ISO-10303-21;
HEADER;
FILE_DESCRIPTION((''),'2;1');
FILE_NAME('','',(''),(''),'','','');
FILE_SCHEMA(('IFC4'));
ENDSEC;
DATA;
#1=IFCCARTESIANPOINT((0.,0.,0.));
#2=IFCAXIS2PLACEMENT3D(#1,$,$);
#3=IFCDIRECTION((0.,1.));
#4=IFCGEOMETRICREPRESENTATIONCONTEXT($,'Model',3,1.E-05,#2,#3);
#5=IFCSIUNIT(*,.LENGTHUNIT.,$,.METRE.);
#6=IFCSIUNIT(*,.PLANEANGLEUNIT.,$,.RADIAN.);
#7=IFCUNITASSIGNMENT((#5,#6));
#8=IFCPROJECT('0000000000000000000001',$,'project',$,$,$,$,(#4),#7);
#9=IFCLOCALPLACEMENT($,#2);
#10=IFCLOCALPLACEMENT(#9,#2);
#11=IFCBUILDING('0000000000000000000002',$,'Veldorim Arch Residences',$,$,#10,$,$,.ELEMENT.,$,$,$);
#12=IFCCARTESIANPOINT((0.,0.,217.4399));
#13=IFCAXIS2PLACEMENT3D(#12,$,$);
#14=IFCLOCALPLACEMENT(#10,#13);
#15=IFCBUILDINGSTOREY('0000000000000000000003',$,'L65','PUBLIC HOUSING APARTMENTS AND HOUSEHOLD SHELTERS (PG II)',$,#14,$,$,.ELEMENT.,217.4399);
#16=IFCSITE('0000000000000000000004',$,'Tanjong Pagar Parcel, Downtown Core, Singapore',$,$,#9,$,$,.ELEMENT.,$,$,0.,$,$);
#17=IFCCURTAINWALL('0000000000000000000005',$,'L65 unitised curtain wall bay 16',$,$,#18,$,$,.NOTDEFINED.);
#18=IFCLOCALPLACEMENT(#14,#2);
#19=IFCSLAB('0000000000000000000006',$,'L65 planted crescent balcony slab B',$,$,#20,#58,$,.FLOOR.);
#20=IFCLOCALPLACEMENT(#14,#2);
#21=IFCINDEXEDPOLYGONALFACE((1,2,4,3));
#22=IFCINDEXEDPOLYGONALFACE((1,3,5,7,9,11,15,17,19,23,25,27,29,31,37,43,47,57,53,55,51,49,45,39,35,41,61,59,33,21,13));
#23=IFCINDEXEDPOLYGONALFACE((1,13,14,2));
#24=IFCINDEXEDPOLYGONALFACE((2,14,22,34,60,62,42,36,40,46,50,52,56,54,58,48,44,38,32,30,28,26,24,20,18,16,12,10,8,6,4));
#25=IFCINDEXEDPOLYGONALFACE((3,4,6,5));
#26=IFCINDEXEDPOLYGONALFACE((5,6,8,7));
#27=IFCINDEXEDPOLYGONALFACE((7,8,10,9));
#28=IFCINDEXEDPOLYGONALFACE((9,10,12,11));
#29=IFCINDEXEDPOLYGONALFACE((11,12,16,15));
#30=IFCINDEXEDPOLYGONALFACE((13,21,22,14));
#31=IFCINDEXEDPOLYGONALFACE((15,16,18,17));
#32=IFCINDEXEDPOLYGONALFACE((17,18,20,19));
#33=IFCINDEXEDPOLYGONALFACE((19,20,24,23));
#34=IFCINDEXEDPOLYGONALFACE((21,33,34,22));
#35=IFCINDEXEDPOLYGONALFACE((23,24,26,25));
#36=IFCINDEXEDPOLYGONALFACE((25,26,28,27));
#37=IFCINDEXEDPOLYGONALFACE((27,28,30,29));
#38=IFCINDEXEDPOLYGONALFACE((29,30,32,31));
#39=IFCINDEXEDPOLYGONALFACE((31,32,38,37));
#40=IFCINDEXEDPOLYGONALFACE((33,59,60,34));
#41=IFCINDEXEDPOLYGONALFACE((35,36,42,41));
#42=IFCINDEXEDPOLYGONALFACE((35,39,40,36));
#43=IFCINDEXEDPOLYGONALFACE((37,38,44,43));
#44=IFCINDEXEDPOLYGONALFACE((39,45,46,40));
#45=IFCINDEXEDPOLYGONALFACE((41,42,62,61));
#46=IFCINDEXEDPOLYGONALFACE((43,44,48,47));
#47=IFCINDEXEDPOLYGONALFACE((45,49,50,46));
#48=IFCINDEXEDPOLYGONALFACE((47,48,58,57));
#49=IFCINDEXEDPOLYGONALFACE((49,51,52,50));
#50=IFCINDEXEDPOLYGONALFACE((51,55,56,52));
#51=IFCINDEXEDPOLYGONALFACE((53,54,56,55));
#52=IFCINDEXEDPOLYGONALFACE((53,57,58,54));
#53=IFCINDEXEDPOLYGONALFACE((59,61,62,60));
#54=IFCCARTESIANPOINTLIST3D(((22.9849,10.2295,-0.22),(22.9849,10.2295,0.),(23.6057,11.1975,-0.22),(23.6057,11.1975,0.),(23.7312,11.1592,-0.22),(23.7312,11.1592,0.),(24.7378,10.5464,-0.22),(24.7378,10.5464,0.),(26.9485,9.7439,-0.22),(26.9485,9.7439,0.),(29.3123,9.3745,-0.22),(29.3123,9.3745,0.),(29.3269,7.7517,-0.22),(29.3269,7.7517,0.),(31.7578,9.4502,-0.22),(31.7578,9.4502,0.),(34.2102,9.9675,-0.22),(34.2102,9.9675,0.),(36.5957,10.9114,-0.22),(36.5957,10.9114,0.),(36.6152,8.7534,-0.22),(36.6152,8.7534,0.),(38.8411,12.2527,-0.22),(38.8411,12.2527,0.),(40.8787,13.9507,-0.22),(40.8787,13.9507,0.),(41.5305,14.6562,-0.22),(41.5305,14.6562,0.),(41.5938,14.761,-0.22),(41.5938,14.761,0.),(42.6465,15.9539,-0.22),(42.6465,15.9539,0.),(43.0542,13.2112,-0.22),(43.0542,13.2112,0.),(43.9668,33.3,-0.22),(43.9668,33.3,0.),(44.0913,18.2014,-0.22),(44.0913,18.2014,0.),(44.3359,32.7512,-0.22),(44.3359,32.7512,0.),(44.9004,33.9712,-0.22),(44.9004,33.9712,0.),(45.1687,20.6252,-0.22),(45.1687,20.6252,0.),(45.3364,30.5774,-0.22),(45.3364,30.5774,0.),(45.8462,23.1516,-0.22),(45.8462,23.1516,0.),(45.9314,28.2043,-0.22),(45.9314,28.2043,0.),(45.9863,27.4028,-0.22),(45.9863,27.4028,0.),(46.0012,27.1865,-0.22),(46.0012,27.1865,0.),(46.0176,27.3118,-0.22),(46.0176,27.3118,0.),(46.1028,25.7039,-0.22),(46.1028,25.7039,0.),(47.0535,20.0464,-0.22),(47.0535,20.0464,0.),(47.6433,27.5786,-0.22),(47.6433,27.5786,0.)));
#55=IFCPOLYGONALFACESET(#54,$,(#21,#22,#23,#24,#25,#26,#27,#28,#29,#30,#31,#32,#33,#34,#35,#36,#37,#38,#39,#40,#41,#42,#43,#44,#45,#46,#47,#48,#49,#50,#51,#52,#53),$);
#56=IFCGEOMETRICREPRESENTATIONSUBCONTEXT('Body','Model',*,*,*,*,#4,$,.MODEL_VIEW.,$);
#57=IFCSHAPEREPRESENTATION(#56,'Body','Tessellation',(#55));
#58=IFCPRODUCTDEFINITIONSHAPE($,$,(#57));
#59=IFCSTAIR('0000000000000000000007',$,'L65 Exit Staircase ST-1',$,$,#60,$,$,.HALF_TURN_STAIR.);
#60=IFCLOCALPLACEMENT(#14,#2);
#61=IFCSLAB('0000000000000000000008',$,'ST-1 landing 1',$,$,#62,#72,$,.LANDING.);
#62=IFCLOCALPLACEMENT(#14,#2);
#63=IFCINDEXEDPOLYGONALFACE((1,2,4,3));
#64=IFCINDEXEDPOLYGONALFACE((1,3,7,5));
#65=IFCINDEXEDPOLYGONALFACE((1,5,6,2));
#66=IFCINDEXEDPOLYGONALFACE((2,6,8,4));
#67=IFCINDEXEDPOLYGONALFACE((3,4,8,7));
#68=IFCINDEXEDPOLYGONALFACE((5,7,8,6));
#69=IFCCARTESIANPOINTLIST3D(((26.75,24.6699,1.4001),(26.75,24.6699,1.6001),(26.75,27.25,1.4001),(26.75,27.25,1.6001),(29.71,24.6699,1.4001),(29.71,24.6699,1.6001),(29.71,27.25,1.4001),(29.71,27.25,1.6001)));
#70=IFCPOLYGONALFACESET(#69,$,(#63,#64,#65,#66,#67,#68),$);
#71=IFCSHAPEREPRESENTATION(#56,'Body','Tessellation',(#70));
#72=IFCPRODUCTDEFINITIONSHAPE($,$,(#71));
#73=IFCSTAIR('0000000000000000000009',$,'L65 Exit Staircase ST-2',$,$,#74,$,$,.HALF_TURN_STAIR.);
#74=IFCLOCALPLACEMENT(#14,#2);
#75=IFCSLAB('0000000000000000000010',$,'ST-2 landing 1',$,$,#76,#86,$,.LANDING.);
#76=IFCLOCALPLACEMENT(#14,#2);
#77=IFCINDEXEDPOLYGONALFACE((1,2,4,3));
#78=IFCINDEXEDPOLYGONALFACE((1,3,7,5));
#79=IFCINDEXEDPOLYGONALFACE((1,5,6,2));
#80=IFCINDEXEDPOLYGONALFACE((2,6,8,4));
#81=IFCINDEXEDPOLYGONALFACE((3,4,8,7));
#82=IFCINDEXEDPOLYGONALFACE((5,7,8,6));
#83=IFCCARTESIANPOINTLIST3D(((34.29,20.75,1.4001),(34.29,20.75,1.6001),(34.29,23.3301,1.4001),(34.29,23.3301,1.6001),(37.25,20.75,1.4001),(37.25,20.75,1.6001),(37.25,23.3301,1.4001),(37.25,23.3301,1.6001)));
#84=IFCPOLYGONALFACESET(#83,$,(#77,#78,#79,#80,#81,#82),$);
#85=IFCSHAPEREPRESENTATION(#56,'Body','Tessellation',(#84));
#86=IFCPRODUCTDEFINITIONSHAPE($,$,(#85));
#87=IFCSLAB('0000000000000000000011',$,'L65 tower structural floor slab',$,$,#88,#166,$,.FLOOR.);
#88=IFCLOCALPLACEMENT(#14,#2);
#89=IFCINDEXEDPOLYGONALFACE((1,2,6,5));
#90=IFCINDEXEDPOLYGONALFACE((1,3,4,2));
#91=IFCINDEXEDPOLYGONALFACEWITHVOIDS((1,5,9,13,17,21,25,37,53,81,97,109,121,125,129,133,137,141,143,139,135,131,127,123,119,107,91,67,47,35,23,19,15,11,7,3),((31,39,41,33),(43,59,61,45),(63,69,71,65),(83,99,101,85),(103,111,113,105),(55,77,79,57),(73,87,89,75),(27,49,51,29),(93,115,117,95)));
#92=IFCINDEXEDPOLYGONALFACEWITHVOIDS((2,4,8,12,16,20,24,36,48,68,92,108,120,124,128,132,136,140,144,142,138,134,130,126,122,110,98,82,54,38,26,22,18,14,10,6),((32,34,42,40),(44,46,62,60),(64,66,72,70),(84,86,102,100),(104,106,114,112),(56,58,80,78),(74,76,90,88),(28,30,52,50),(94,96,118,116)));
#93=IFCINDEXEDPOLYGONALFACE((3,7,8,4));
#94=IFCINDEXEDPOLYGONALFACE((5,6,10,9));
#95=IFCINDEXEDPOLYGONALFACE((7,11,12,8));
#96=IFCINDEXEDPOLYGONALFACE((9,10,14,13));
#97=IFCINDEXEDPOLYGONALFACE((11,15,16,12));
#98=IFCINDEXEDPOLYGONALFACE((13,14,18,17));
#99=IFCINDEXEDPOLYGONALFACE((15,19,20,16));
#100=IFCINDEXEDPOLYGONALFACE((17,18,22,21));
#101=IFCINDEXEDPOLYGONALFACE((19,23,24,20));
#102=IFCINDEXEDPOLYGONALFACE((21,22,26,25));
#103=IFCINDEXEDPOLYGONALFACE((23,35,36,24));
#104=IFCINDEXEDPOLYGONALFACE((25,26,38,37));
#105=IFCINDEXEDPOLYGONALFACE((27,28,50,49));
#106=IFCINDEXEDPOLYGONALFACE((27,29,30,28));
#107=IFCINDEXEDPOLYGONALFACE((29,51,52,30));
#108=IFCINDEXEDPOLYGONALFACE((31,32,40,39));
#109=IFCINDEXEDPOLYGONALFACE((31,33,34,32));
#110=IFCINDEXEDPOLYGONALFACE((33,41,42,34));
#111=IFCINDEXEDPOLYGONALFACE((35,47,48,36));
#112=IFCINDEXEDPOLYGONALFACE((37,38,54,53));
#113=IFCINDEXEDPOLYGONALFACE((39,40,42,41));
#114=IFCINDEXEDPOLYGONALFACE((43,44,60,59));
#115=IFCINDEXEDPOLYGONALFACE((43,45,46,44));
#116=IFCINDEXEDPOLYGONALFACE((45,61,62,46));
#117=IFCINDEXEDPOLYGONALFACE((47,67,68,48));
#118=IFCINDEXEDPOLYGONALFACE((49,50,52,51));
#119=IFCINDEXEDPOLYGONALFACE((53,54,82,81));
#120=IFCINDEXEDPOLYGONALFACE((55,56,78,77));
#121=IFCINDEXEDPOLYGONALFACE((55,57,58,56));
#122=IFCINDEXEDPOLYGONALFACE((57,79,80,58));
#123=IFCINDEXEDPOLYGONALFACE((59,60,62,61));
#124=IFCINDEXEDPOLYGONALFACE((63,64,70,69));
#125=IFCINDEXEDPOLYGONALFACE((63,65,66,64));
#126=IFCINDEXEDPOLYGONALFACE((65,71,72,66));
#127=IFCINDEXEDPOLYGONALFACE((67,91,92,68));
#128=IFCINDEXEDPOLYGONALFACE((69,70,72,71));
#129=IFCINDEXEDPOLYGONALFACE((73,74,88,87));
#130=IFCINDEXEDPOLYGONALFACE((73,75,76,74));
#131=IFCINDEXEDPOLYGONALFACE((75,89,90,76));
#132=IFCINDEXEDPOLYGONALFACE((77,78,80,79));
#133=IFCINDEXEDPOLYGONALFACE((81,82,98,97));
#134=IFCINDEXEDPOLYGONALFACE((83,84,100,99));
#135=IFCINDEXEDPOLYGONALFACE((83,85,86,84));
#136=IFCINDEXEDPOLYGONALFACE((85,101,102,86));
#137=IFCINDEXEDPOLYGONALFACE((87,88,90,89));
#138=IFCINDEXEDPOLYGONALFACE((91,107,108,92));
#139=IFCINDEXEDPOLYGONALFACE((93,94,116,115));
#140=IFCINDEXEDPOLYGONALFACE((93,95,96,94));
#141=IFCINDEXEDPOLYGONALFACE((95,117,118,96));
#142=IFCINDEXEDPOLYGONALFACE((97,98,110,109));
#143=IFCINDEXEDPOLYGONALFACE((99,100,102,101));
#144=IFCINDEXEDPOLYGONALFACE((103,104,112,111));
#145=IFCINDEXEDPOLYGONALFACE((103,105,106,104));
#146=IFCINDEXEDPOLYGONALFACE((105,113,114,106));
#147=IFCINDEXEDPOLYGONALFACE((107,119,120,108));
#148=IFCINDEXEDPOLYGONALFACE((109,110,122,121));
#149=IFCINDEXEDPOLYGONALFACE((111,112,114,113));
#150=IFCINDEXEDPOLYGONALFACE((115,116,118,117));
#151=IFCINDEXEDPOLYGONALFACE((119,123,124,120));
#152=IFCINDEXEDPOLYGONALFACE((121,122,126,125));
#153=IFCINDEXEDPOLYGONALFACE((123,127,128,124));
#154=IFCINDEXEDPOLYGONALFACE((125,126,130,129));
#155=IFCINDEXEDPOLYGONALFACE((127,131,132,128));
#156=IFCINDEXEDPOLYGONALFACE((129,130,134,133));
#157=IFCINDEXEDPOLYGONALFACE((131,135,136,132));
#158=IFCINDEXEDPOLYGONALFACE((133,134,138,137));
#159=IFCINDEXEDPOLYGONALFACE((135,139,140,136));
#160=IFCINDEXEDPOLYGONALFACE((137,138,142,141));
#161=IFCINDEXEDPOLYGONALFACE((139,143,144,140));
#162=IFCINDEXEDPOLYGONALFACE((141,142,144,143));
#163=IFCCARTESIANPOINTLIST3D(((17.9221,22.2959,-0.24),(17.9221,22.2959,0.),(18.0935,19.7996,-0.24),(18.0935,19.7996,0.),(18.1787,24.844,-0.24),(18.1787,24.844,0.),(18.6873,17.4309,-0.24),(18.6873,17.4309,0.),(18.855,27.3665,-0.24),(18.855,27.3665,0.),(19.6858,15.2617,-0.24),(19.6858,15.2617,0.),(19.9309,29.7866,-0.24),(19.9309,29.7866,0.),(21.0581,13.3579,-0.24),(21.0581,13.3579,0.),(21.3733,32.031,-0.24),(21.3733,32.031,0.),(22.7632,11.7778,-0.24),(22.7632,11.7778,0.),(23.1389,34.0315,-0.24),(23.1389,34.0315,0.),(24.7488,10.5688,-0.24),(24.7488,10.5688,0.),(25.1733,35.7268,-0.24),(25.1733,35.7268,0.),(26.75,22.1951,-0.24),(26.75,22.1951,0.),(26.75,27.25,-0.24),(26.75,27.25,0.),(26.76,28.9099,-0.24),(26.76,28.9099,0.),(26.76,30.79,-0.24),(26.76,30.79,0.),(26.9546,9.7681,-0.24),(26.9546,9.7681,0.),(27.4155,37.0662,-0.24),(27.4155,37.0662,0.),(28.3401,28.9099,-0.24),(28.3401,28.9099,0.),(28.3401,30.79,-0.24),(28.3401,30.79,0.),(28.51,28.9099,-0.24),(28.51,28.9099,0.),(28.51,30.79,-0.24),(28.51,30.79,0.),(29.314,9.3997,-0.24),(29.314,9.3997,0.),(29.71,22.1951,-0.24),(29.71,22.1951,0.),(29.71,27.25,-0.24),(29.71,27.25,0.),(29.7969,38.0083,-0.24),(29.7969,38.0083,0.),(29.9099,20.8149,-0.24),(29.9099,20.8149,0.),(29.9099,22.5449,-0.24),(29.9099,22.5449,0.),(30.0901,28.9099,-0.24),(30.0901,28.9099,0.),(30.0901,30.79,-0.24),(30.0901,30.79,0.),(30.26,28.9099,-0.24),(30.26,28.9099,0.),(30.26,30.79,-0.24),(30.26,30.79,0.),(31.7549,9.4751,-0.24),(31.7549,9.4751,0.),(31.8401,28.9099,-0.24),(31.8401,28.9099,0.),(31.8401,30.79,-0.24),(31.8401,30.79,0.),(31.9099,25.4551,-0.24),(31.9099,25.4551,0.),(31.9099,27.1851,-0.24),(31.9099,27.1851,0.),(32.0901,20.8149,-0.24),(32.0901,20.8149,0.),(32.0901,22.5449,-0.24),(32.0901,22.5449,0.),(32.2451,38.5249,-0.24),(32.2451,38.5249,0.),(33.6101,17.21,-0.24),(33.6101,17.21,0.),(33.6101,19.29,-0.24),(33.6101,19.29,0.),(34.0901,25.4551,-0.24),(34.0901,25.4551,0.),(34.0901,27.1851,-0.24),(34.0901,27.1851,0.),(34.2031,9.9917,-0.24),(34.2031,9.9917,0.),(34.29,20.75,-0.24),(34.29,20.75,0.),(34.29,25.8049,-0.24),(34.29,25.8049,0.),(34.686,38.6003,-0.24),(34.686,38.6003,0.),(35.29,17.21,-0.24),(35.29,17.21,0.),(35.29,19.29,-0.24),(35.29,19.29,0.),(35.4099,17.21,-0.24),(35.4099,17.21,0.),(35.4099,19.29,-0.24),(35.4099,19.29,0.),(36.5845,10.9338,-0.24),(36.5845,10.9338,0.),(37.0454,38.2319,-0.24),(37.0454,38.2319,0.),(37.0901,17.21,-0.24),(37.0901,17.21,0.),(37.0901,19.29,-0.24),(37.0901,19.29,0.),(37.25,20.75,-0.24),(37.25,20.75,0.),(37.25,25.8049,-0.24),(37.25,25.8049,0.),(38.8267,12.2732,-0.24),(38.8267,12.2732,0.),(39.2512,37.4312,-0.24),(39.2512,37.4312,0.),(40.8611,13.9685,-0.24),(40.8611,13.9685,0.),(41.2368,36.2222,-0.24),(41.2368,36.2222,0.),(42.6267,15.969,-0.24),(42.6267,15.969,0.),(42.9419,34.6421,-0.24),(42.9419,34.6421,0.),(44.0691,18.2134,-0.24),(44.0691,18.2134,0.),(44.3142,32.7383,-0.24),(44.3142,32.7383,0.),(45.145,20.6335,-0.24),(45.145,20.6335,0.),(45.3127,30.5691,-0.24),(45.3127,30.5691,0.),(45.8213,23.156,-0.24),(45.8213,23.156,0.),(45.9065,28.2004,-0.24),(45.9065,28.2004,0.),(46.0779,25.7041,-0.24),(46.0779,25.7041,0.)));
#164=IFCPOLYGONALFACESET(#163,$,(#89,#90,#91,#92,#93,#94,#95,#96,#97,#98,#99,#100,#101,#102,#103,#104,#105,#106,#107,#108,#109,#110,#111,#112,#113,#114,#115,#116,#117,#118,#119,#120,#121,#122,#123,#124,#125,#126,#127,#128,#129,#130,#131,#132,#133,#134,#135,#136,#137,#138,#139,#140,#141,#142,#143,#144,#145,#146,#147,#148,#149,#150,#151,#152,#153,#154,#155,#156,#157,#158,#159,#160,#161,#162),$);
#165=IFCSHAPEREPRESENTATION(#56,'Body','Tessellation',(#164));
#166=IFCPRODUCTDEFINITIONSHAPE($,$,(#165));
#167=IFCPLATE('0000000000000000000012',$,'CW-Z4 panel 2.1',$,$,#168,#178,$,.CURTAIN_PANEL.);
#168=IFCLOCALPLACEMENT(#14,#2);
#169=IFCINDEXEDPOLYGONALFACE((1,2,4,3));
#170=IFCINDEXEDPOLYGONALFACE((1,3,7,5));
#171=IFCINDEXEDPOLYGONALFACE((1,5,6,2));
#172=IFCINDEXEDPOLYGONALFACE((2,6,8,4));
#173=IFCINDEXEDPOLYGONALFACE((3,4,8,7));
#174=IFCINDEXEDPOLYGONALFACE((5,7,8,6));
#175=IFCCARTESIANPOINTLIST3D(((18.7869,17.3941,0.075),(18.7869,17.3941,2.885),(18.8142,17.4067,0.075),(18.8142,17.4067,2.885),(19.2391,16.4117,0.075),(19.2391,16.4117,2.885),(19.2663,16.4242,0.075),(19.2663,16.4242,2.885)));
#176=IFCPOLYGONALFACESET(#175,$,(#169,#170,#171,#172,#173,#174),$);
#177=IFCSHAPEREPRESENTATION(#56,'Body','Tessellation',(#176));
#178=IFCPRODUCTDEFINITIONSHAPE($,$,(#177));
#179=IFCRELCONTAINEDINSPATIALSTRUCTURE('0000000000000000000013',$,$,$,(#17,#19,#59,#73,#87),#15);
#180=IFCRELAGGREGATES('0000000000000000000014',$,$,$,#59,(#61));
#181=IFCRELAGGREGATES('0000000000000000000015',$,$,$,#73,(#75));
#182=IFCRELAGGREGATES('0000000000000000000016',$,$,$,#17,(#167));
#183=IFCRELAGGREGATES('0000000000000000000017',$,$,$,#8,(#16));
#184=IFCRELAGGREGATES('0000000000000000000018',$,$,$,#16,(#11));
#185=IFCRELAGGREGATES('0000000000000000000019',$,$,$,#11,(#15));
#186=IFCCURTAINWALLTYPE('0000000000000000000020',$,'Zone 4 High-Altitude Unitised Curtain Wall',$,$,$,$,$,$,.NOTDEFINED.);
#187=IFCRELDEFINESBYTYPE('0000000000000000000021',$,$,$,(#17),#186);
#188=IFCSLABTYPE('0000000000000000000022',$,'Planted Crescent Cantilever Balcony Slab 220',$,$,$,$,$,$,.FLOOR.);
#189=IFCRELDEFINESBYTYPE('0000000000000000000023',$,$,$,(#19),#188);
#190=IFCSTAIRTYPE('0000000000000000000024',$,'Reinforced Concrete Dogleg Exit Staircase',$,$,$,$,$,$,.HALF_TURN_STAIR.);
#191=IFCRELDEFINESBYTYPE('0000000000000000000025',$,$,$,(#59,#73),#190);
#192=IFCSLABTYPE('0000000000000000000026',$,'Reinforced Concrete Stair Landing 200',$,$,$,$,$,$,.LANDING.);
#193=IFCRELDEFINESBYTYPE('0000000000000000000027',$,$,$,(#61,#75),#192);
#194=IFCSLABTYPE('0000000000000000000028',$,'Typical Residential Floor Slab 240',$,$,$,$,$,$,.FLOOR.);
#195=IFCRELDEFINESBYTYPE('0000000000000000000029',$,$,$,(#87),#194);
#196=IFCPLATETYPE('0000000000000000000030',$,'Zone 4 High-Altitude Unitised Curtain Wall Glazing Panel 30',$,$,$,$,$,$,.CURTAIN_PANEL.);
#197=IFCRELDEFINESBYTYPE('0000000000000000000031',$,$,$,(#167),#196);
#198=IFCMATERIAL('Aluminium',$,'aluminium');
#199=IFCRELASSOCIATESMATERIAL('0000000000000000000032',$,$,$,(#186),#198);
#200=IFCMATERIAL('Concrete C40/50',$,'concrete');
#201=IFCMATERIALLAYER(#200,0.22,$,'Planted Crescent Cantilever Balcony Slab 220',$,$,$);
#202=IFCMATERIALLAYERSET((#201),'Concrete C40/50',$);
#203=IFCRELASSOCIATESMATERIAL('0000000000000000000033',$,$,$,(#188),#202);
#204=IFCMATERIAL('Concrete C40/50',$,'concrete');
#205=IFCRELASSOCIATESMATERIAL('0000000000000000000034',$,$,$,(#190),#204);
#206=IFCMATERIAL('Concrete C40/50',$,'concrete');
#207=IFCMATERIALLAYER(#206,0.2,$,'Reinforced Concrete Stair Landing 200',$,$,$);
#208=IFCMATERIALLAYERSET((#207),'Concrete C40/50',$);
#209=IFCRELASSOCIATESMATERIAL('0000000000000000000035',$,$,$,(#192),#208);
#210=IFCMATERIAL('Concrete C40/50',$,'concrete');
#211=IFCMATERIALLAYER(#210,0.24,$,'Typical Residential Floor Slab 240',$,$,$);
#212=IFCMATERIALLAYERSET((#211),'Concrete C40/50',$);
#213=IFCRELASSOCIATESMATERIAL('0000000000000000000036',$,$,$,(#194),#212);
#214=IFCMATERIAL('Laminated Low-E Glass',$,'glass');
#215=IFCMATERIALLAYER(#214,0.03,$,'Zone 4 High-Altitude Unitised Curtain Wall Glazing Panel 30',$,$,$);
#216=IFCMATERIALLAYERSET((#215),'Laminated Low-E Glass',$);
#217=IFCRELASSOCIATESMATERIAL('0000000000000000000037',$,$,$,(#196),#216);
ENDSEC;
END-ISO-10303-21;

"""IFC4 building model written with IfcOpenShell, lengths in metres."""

from ifc_helpers import new_model, si_unit, direction, frame, origin, origin_2d, place, context, subcontext, project, spatial, polyline, rectangle, outline, extrude, material, layer, layer_set, type_object, element, aggregate, save


model = new_model("IFC4")

# Units and contexts
model_context = context("Model", 3, precision=1e-05, world=origin(), true_north=direction((0.0, 1.0)))
body_context = subcontext(model_context, "Body", "Model", "MODEL_VIEW")
ifc_project = project(units=[si_unit("LENGTHUNIT", "METRE"), si_unit("PLANEANGLEUNIT", "RADIAN")], contexts=[model_context])

# Site, building, storey
site_placement = place(None, origin())
site = spatial("IfcSite", under=ifc_project, at=site_placement, Name="Tanjong Pagar Parcel, Downtown Core, Singapore", CompositionType="ELEMENT", RefElevation=0.0)
building_placement = place(site_placement, origin())
building = spatial("IfcBuilding", under=site, at=building_placement, Name="Veldorim Arch Residences", CompositionType="ELEMENT")
storey_placement = place(building_placement, frame((0.0, 0.0, 217.4399)))
storey = spatial("IfcBuildingStorey", under=building, at=storey_placement, Name="L65", Description="PUBLIC HOUSING APARTMENTS AND HOUSEHOLD SHELTERS (PG II)", CompositionType="ELEMENT", Elevation=217.4399)

# Curtain wall
ifc_material_1 = material(Name="Aluminium", Category="aluminium")
curtain_wall_type = type_object("IfcCurtainWallType", Name="Zone 4 High-Altitude Unitised Curtain Wall", PredefinedType="NOTDEFINED", material=ifc_material_1)
curtain_wall_placement = place(storey_placement, origin())
curtain_wall = element("IfcCurtainWall", 1, at=curtain_wall_placement, inside=storey, type_object=curtain_wall_type, Name="L65 unitised curtain wall bay 16", PredefinedType="NOTDEFINED")

# Slab
ifc_material_2 = material(Name="Concrete C40/50", Category="concrete")
ifc_layer_1 = layer(ifc_material_2, 0.22, Name="Planted Crescent Cantilever Balcony Slab 220")
ifc_layer_set_1 = layer_set([ifc_layer_1], Name="Concrete C40/50")
slab_type_1 = type_object("IfcSlabType", Name="Planted Crescent Cantilever Balcony Slab 220", PredefinedType="FLOOR", material=ifc_layer_set_1)
slab_1_placement = place(storey_placement, frame((0.0, 0.0, -0.22)))
element("IfcSlab", 2, at=slab_1_placement, inside=storey, type_object=slab_type_1, Name="L65 planted crescent balcony slab B", PredefinedType="FLOOR", context=body_context, shape_type="SweptSolid", body=[
    extrude(outline(polyline([(23.7312, 11.1592), (24.7378, 10.5464), (26.9485, 9.7439), (29.3123, 9.3745), (31.7578, 9.4502), (34.2102, 9.9675), (36.5957, 10.9114), (38.8411, 12.2527), (40.8787, 13.9507), (41.5305, 14.6562), (41.5938, 14.761), (42.6465, 15.9539), (44.0913, 18.2014), (45.1687, 20.6252), (45.8462, 23.1516), (46.1028, 25.7039), (46.0012, 27.1865), (46.0176, 27.3118), (45.9863, 27.4028), (45.9314, 28.2043), (45.3364, 30.5774), (44.3359, 32.7512), (43.9668, 33.3), (44.9004, 33.9712), (47.6433, 27.5786), (47.0535, 20.0464), (43.0542, 13.2112), (36.6152, 8.7534), (29.3269, 7.7517), (22.9849, 10.2295), (23.6057, 11.1975), (23.7312, 11.1592)])), origin(), (0.0, 0.0, 1.0), 0.22),
])

# Stairs, slabs
ifc_material_3 = material(Name="Concrete C40/50", Category="concrete")
stair_type = type_object("IfcStairType", Name="Reinforced Concrete Dogleg Exit Staircase", PredefinedType="HALF_TURN_STAIR", material=ifc_material_3)
stair_1_placement = place(storey_placement, origin())
stair_1 = element("IfcStair", 3, at=stair_1_placement, inside=storey, type_object=stair_type, Name="L65 Exit Staircase ST-1", PredefinedType="HALF_TURN_STAIR")
ifc_material_4 = material(Name="Concrete C40/50", Category="concrete")
ifc_layer_2 = layer(ifc_material_4, 0.2, Name="Reinforced Concrete Stair Landing 200")
ifc_layer_set_2 = layer_set([ifc_layer_2], Name="Concrete C40/50")
slab_type_2 = type_object("IfcSlabType", Name="Reinforced Concrete Stair Landing 200", PredefinedType="LANDING", material=ifc_layer_set_2)
slab_2_placement = place(storey_placement, frame((0.0, 0.0, 1.4001)))
slab_2 = element("IfcSlab", 4, at=slab_2_placement, type_object=slab_type_2, Name="ST-1 landing 1", PredefinedType="LANDING", context=body_context, shape_type="SweptSolid", body=[
    extrude(outline(polyline([(29.71, 24.6699), (29.71, 27.25), (26.75, 27.25), (26.75, 24.6699), (29.71, 24.6699)])), origin(), (0.0, 0.0, 1.0), 0.2),
])
aggregate(stair_1, [slab_2])
stair_2_placement = place(storey_placement, origin())
stair_2 = element("IfcStair", 5, at=stair_2_placement, inside=storey, type_object=stair_type, Name="L65 Exit Staircase ST-2", PredefinedType="HALF_TURN_STAIR")
slab_3_placement = place(storey_placement, frame((0.0, 0.0, 1.4001)))
slab_3 = element("IfcSlab", 6, at=slab_3_placement, type_object=slab_type_2, Name="ST-2 landing 1", PredefinedType="LANDING", context=body_context, shape_type="SweptSolid", body=[
    extrude(outline(polyline([(34.29, 23.3301), (34.29, 20.75), (37.25, 20.75), (37.25, 23.3301), (34.29, 23.3301)])), origin(), (0.0, 0.0, 1.0), 0.2),
])
aggregate(stair_2, [slab_3])

# Slab
ifc_material_5 = material(Name="Concrete C40/50", Category="concrete")
ifc_layer_3 = layer(ifc_material_5, 0.24, Name="Typical Residential Floor Slab 240")
ifc_layer_set_3 = layer_set([ifc_layer_3], Name="Concrete C40/50")
slab_type_3 = type_object("IfcSlabType", Name="Typical Residential Floor Slab 240", PredefinedType="FLOOR", material=ifc_layer_set_3)
slab_4_placement = place(storey_placement, frame((0.0, 0.0, -0.24)))
element("IfcSlab", 7, at=slab_4_placement, inside=storey, type_object=slab_type_3, Name="L65 tower structural floor slab", PredefinedType="FLOOR", context=body_context, shape_type="SweptSolid", body=[
    extrude(outline(polyline([(41.2368, 36.2222), (39.2512, 37.4312), (37.0454, 38.2319), (34.686, 38.6003), (32.2451, 38.5249), (29.7969, 38.0083), (27.4155, 37.0662), (25.1733, 35.7268), (23.1389, 34.0315), (21.3733, 32.031), (19.9309, 29.7866), (18.855, 27.3665), (18.1787, 24.844), (17.9221, 22.2959), (18.0935, 19.7996), (18.6873, 17.4309), (19.6858, 15.2617), (21.0581, 13.3579), (22.7632, 11.7778), (24.7488, 10.5688), (26.9546, 9.7681), (29.314, 9.3997), (31.7549, 9.4751), (34.2031, 9.9917), (36.5845, 10.9338), (38.8267, 12.2732), (40.8611, 13.9685), (42.6267, 15.969), (44.0691, 18.2134), (45.145, 20.6335), (45.8213, 23.156), (46.0779, 25.7041), (45.9065, 28.2004), (45.3127, 30.5691), (44.3142, 32.7383), (42.9419, 34.6421), (41.2368, 36.2222)]), holes=[polyline([(33.6101, 17.21), (33.6101, 19.29), (35.29, 19.29), (35.29, 17.21), (33.6101, 17.21)]), polyline([(35.4099, 17.21), (35.4099, 19.29), (37.0901, 19.29), (37.0901, 17.21), (35.4099, 17.21)]), polyline([(29.9099, 20.8149), (29.9099, 22.5449), (32.0901, 22.5449), (32.0901, 20.8149), (29.9099, 20.8149)]), polyline([(34.29, 20.75), (34.29, 25.8049), (37.25, 25.8049), (37.25, 20.75), (34.29, 20.75)]), polyline([(26.75, 22.1951), (26.75, 27.25), (29.71, 27.25), (29.71, 22.1951), (26.75, 22.1951)]), polyline([(31.9099, 25.4551), (31.9099, 27.1851), (34.0901, 27.1851), (34.0901, 25.4551), (31.9099, 25.4551)]), polyline([(26.76, 28.9099), (26.76, 30.79), (28.3401, 30.79), (28.3401, 28.9099), (26.76, 28.9099)]), polyline([(28.51, 30.79), (30.0901, 30.79), (30.0901, 28.9099), (28.51, 28.9099), (28.51, 30.79)]), polyline([(30.26, 30.79), (31.8401, 30.79), (31.8401, 28.9099), (30.26, 28.9099), (30.26, 30.79)])]), origin(), (0.0, 0.0, 1.0), 0.24),
])

# Plate
ifc_material_6 = material(Name="Laminated Low-E Glass", Category="glass")
ifc_layer_4 = layer(ifc_material_6, 0.03, Name="Zone 4 High-Altitude Unitised Curtain Wall Glazing Panel 30")
ifc_layer_set_4 = layer_set([ifc_layer_4], Name="Laminated Low-E Glass")
plate_type = type_object("IfcPlateType", Name="Zone 4 High-Altitude Unitised Curtain Wall Glazing Panel 30", PredefinedType="CURTAIN_PANEL", material=ifc_layer_set_4)
plate_placement = place(storey_placement, frame((19.0266, 16.9092, 0.075), z_axis=(0.0, 0.0, 1.0), x_axis=(-0.418102, 0.9084, 0.0)))
plate = element("IfcPlate", 8, at=plate_placement, type_object=plate_type, Name="CW-Z4 panel 2.1", PredefinedType="CURTAIN_PANEL", context=body_context, shape_type="SweptSolid", body=[
    extrude(rectangle(XDim=1.0815, YDim=0.03, at=origin_2d()), origin(), (0.0, 0.0, 1.0), 2.8101),
])
aggregate(curtain_wall, [plate])

save(model, "model.ifc")
